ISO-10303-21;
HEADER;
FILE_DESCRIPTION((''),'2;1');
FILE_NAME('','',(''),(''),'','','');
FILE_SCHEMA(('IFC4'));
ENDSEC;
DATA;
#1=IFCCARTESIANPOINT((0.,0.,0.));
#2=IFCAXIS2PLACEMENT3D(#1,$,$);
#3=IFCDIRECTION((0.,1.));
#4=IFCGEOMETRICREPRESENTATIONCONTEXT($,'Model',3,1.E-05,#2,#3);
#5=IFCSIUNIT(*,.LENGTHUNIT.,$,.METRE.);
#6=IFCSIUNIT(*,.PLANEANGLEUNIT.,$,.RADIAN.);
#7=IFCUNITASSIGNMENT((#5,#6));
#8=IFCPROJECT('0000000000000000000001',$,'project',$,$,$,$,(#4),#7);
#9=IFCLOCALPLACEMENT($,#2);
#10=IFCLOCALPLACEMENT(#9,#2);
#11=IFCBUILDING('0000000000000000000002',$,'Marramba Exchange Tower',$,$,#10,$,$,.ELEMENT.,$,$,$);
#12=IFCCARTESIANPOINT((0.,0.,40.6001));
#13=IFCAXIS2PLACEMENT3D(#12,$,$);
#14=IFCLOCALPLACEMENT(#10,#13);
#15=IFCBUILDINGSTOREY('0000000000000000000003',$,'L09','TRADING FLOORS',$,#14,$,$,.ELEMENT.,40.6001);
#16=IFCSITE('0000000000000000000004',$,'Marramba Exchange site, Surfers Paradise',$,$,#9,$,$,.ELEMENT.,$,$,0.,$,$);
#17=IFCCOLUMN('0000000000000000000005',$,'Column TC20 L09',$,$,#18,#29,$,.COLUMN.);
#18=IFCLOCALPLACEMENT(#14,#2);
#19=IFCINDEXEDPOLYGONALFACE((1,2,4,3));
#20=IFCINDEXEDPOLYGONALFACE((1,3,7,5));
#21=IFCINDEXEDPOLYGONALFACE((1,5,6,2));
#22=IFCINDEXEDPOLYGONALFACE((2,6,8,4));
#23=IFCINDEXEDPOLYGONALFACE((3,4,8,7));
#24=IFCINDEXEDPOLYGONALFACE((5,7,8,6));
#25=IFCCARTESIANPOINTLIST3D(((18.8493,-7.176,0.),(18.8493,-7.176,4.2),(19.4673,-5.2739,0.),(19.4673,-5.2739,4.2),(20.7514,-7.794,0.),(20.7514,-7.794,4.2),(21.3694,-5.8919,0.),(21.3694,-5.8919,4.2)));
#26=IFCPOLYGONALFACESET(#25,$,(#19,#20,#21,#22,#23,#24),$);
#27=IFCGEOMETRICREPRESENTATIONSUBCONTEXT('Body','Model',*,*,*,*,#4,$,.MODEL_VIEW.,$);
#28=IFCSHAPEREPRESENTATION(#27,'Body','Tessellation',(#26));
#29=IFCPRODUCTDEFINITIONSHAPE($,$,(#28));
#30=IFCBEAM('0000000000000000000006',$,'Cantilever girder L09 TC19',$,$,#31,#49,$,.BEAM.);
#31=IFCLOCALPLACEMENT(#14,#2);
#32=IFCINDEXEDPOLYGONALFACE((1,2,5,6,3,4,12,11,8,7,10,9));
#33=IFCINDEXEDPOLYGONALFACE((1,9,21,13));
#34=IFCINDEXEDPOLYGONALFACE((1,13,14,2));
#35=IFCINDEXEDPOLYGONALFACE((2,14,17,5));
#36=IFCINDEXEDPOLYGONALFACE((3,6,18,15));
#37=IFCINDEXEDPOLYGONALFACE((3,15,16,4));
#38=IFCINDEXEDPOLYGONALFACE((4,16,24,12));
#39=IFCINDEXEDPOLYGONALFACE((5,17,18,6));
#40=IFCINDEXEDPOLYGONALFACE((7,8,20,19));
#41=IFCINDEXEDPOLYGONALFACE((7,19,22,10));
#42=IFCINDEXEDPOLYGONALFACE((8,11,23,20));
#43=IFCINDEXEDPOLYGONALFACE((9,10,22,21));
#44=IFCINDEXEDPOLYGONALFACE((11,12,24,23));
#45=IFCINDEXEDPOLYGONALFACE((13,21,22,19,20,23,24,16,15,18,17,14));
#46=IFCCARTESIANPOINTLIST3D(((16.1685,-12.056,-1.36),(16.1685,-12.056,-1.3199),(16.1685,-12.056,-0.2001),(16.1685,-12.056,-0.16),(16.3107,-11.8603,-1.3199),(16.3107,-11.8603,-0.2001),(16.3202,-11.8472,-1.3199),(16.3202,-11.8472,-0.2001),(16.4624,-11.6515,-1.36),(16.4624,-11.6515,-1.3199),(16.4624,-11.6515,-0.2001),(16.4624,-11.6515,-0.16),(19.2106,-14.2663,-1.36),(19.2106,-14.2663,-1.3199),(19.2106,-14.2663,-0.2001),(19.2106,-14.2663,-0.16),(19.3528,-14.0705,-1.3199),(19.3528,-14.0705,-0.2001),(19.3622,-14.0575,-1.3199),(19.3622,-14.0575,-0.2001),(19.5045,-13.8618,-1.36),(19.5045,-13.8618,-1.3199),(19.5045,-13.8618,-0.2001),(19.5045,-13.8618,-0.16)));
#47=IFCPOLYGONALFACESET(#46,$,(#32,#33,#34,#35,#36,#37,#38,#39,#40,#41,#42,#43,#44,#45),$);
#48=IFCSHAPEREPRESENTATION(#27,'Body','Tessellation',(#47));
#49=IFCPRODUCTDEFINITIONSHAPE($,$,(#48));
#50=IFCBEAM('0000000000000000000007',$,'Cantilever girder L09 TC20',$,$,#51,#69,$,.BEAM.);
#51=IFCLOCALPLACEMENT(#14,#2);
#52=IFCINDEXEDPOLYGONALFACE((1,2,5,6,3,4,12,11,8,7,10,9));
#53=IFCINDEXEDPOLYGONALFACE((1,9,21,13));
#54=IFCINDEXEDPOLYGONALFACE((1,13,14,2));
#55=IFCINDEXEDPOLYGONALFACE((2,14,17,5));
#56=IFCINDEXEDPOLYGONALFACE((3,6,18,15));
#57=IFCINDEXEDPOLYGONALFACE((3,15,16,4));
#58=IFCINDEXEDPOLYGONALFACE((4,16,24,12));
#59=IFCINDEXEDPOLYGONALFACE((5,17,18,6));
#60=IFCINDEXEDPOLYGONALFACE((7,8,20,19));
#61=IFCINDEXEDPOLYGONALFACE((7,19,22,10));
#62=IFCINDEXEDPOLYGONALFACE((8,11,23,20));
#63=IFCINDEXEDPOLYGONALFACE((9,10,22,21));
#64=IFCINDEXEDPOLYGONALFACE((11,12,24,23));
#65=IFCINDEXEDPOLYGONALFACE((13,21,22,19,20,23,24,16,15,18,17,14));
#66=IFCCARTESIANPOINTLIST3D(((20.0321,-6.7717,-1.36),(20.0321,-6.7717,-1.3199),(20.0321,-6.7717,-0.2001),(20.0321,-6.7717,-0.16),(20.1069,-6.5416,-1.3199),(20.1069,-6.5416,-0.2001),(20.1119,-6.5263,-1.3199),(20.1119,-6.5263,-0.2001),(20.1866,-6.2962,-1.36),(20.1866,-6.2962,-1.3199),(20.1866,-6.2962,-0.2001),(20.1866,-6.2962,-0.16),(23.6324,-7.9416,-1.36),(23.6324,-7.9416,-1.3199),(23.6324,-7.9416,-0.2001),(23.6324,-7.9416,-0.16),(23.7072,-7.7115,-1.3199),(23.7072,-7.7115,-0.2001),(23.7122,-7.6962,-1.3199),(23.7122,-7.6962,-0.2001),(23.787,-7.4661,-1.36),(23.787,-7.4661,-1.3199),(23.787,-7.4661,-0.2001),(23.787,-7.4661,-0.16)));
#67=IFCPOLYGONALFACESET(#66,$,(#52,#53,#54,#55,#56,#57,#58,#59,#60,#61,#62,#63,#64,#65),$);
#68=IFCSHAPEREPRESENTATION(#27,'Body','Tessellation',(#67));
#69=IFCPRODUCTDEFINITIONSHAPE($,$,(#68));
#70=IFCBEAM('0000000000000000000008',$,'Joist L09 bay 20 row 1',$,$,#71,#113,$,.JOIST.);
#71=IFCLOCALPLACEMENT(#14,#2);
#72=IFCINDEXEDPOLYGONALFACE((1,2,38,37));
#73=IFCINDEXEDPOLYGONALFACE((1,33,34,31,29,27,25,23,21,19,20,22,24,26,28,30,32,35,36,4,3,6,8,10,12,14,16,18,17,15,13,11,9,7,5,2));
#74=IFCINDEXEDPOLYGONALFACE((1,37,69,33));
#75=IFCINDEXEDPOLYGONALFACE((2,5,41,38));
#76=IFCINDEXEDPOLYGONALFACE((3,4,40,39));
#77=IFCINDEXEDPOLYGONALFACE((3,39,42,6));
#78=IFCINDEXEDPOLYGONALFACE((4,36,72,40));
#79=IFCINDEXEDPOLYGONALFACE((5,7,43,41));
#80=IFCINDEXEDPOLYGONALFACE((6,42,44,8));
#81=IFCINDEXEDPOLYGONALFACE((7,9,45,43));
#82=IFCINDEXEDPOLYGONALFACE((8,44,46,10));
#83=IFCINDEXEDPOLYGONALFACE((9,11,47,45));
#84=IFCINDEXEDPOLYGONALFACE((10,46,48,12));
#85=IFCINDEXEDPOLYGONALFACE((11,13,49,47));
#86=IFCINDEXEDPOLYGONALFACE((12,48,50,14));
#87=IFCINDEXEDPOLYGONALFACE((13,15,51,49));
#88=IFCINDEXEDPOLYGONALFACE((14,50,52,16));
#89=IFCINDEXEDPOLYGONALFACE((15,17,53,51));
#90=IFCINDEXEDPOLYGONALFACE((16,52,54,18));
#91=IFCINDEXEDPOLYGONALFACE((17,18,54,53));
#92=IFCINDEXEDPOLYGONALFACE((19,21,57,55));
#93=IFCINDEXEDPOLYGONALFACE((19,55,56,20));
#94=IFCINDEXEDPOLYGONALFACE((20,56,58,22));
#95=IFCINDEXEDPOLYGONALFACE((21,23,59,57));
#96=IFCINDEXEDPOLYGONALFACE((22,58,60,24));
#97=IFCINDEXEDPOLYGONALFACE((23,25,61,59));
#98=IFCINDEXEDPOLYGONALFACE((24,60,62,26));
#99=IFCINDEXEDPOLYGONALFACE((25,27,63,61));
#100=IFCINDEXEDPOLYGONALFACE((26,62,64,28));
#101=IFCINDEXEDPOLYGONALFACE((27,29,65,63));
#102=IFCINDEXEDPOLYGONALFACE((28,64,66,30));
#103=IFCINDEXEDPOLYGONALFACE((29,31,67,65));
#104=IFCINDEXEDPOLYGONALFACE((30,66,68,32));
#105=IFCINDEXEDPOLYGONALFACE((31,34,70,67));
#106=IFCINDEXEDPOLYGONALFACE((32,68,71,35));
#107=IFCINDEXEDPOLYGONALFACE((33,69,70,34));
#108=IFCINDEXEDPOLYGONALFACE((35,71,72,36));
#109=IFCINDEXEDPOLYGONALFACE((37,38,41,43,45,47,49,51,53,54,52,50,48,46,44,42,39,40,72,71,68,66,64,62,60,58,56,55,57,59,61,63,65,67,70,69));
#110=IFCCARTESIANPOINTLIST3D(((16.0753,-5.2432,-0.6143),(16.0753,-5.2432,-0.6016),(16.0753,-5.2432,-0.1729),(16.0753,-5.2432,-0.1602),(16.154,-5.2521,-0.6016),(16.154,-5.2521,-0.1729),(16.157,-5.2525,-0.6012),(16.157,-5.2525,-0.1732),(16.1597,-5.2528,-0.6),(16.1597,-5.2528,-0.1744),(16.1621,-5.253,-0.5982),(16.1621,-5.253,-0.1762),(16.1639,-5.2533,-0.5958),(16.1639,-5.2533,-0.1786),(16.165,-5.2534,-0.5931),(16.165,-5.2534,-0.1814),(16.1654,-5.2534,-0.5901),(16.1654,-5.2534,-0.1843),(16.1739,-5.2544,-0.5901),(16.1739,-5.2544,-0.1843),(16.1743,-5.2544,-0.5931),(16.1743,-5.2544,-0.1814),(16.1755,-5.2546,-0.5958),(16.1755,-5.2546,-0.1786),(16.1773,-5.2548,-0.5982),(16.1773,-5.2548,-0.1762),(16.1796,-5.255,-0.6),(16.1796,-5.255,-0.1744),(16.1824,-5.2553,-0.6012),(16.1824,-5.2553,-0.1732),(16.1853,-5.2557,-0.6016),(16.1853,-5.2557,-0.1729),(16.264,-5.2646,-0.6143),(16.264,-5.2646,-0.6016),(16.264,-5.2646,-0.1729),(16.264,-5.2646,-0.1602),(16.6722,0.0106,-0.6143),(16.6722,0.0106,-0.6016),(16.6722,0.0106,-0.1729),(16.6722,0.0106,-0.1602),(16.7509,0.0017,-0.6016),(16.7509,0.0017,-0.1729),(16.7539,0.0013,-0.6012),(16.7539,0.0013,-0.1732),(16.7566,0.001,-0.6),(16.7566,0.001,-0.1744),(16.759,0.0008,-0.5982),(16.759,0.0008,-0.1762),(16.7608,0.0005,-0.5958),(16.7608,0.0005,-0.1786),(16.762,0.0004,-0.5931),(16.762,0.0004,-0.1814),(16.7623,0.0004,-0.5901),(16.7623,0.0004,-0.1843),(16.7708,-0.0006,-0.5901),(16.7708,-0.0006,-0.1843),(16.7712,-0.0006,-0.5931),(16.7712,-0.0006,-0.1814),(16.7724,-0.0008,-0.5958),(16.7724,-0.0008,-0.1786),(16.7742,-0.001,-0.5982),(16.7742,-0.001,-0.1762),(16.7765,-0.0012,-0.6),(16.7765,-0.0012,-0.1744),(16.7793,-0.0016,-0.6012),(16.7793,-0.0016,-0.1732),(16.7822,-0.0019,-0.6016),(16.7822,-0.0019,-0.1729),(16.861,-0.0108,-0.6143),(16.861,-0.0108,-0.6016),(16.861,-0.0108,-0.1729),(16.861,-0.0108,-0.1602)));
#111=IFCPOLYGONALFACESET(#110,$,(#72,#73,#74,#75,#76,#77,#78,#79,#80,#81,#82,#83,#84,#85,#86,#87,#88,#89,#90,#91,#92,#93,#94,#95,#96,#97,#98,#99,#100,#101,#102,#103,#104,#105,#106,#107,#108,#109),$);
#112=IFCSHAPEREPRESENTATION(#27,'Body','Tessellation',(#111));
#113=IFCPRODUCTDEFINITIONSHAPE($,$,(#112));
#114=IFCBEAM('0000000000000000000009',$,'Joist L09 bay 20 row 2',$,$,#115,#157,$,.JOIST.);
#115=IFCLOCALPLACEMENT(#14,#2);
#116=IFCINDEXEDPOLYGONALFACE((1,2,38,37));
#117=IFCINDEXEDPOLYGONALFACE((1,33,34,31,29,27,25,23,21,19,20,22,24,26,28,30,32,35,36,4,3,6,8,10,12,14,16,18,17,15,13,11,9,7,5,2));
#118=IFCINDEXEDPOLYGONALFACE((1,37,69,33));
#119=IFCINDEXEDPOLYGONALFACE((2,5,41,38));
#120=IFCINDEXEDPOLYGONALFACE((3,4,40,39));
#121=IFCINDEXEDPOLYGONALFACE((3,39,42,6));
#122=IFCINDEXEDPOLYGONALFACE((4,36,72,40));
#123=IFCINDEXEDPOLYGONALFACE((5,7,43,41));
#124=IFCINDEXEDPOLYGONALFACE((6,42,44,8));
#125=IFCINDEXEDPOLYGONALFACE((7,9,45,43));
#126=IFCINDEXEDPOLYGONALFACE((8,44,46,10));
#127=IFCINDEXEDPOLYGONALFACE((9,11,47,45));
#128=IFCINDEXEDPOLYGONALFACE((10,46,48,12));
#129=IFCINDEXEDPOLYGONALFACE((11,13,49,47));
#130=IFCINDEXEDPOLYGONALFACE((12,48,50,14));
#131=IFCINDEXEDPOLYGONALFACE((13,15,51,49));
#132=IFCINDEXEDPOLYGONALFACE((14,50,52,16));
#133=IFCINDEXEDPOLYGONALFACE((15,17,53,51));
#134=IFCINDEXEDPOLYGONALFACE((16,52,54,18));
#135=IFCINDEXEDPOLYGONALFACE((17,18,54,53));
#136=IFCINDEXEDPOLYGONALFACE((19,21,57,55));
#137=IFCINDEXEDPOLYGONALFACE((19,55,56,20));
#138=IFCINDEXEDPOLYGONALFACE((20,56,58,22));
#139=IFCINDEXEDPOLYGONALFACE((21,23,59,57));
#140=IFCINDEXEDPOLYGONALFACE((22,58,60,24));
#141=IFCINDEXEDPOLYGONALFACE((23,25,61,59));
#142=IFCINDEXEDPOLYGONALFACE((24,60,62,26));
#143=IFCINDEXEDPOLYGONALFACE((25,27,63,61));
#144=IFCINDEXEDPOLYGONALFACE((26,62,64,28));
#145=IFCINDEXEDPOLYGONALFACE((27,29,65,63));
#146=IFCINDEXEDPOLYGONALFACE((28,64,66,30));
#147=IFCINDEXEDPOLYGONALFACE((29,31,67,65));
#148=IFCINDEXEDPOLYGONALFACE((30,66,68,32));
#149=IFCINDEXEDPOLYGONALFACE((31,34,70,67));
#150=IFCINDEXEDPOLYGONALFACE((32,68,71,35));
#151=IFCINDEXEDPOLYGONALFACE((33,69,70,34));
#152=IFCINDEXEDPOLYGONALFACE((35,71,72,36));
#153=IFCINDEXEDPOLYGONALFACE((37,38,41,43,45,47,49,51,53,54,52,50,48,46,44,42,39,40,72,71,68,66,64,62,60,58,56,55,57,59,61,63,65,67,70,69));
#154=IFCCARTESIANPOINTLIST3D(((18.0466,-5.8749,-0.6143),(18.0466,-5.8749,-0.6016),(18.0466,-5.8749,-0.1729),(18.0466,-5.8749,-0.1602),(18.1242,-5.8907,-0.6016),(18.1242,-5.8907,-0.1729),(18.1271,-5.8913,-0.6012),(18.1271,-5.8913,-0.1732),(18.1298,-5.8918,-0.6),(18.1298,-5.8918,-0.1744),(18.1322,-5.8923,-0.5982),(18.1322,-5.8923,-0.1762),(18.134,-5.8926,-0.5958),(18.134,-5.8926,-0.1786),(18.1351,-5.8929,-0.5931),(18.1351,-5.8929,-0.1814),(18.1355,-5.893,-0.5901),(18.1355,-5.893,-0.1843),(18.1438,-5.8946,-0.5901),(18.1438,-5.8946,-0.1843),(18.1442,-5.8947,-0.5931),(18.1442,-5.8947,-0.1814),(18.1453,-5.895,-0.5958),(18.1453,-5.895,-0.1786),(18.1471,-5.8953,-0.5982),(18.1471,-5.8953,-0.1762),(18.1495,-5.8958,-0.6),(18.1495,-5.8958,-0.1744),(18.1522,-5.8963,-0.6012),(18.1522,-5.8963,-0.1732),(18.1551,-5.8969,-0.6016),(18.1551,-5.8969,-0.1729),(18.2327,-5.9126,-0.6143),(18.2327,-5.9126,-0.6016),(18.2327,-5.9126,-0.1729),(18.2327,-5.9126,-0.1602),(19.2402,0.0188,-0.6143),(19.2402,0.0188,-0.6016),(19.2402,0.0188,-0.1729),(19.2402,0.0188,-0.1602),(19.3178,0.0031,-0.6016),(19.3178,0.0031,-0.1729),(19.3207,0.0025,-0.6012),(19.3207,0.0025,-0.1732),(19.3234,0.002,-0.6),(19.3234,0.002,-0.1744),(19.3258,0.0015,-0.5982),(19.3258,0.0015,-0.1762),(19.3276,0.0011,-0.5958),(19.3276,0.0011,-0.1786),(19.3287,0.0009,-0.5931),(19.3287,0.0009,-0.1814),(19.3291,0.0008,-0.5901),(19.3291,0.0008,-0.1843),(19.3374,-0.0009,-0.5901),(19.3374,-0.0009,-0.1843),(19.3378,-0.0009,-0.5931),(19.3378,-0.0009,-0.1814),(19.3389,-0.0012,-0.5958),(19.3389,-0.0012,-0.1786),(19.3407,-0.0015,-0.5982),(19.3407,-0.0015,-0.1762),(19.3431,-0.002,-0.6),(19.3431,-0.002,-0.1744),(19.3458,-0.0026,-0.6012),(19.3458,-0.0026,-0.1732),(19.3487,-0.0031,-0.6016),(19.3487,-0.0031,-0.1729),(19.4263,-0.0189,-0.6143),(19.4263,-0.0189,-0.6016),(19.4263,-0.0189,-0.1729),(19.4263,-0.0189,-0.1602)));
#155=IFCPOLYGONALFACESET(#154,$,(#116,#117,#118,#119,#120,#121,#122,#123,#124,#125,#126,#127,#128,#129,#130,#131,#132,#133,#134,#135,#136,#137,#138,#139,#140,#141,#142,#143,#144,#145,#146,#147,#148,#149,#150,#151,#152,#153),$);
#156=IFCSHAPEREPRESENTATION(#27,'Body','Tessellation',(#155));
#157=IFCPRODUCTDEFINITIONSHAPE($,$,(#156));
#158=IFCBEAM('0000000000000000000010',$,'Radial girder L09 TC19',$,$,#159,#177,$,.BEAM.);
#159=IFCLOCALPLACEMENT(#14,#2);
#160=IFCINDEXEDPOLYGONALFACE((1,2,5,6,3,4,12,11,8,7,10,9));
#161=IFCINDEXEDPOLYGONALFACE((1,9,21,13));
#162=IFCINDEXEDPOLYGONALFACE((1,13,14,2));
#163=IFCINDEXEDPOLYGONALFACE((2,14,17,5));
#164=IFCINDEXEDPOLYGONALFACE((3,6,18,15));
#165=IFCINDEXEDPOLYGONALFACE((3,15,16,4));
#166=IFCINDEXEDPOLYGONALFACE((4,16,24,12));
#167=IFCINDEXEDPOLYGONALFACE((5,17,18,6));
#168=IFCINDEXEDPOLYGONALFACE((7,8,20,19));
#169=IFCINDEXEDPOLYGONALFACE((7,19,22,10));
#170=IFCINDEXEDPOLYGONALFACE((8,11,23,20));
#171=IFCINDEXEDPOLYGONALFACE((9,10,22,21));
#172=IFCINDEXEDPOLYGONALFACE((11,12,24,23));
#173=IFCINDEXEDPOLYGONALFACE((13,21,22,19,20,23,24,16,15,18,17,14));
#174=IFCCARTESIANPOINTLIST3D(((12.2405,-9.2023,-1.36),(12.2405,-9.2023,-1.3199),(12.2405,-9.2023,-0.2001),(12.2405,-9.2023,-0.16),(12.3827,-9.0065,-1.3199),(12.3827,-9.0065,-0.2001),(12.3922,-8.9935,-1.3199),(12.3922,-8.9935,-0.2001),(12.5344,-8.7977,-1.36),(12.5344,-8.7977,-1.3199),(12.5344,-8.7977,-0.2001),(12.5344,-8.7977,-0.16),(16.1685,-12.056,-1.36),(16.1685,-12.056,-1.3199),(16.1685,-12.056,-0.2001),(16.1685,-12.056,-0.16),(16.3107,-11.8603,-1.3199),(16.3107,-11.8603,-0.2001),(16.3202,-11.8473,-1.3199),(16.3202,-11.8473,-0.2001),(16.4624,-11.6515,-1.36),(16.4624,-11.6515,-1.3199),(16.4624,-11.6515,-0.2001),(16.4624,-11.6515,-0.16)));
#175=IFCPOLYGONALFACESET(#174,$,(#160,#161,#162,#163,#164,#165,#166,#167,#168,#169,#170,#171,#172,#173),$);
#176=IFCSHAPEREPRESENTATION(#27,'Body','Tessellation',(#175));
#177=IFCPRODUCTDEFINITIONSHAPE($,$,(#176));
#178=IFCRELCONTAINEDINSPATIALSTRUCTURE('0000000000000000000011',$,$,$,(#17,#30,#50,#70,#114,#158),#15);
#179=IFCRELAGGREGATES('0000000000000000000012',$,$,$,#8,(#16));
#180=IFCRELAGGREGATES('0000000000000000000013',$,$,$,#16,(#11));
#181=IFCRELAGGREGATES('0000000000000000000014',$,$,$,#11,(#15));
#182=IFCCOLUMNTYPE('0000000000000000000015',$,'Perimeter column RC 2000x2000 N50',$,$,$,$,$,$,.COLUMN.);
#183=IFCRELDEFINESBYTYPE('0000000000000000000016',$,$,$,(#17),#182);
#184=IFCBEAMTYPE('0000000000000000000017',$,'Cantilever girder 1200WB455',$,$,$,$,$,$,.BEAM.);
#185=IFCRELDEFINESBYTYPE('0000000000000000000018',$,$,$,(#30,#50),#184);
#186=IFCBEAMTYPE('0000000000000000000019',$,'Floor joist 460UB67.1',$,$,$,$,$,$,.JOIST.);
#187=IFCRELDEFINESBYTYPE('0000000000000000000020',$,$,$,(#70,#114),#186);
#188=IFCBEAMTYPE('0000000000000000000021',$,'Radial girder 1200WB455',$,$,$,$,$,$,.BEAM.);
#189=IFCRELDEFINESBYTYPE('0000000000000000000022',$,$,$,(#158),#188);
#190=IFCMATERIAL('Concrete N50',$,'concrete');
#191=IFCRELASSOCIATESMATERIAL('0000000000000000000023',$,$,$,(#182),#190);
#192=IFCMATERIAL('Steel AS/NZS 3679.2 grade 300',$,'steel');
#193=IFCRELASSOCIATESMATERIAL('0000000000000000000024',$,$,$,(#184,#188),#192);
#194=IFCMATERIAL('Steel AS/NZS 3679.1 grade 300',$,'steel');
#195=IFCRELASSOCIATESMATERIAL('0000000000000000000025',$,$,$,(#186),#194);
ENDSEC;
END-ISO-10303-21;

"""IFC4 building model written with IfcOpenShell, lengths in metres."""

from ifc_helpers import new_model, si_unit, direction, frame, origin, origin_2d, place, context, subcontext, project, spatial, rectangle, i_section, extrude, material, material_profile, profile_set, type_object, element, save


model = new_model("IFC4")

# Units and contexts
model_context = context("Model", 3, precision=1e-05, world=origin(), true_north=direction((0.0, 1.0)))
body_context = subcontext(model_context, "Body", "Model", "MODEL_VIEW")
ifc_project = project(units=[si_unit("LENGTHUNIT", "METRE"), si_unit("PLANEANGLEUNIT", "RADIAN")], contexts=[model_context])

# Site, building, storey
site_placement = place(None, origin())
site = spatial("IfcSite", under=ifc_project, at=site_placement, Name="Marramba Exchange site, Surfers Paradise", CompositionType="ELEMENT", RefElevation=0.0)
building_placement = place(site_placement, origin())
building = spatial("IfcBuilding", under=site, at=building_placement, Name="Marramba Exchange Tower", CompositionType="ELEMENT")
storey_placement = place(building_placement, frame((0.0, 0.0, 40.6001)))
storey = spatial("IfcBuildingStorey", under=building, at=storey_placement, Name="L09", Description="TRADING FLOORS", CompositionType="ELEMENT", Elevation=40.6001)

# Column
ifc_material_1 = material(Name="Concrete N50", Category="concrete")
ifc_material_profile_1 = material_profile(ifc_material_1, rectangle(XDim=2.0, YDim=2.0, at=origin_2d()), Name="RC 2000x2000")
ifc_profile_set_1 = profile_set([ifc_material_profile_1], Name="Concrete N50")
column_type = type_object("IfcColumnType", Name="Perimeter column RC 2000x2000 N50", PredefinedType="COLUMN", material=ifc_profile_set_1)
column_placement = place(storey_placement, frame((20.1094, -6.5339, 0.0), z_axis=(0.0, 0.0, 1.0), x_axis=(0.951057, -0.309017, 0.0)))
element("IfcColumn", 1, at=column_placement, inside=storey, type_object=column_type, Name="Column TC20 L09", PredefinedType="COLUMN", context=body_context, shape_type="SweptSolid", body=[
    extrude(rectangle(XDim=2.0, YDim=2.0, at=origin_2d()), origin(), (0.0, 0.0, 1.0), 4.2),
])

# Beams
ifc_material_2 = material(Name="Steel AS/NZS 3679.2 grade 300", Category="steel")
ifc_material_profile_2 = material_profile(ifc_material_2, i_section(OverallWidth=0.5, OverallDepth=1.2, WebThickness=0.0161, FlangeThickness=0.04, at=origin_2d()), Name="1200WB455")
ifc_profile_set_2 = profile_set([ifc_material_profile_2], Name="Steel AS/NZS 3679.2 grade 300")
beam_type_1 = type_object("IfcBeamType", Name="Cantilever girder 1200WB455", PredefinedType="BEAM", material=ifc_profile_set_2)
beam_1_placement = place(storey_placement, frame((16.3154, -11.8538, -0.76), z_axis=(0.809008, -0.587797, 0.0), x_axis=(0.587797, 0.809008, 0.0)))
element("IfcBeam", 2, at=beam_1_placement, inside=storey, type_object=beam_type_1, Name="Cantilever girder L09 TC19", PredefinedType="BEAM", context=body_context, shape_type="SweptSolid", body=[
    extrude(i_section(OverallWidth=0.5, OverallDepth=1.2, WebThickness=0.0161, FlangeThickness=0.04, at=origin_2d()), origin(), (0.0, 0.0, 1.0), 3.7603),
])
beam_2_placement = place(storey_placement, frame((20.1094, -6.5339, -0.76), z_axis=(0.951049, -0.309041, 0.0), x_axis=(0.309041, 0.951049, 0.0)))
element("IfcBeam", 3, at=beam_2_placement, inside=storey, type_object=beam_type_1, Name="Cantilever girder L09 TC20", PredefinedType="BEAM", context=body_context, shape_type="SweptSolid", body=[
    extrude(i_section(OverallWidth=0.5, OverallDepth=1.2, WebThickness=0.0161, FlangeThickness=0.04, at=origin_2d()), origin(), (0.0, 0.0, 1.0), 3.7856),
])
ifc_material_3 = material(Name="Steel AS/NZS 3679.1 grade 300", Category="steel")
ifc_material_profile_3 = material_profile(ifc_material_3, i_section(OverallWidth=0.1899, OverallDepth=0.4541, WebThickness=0.0085, FlangeThickness=0.0127, FilletRadius=0.0115, at=origin_2d()), Name="460UB67.1")
ifc_profile_set_3 = profile_set([ifc_material_profile_3], Name="Steel AS/NZS 3679.1 grade 300")
beam_type_2 = type_object("IfcBeamType", Name="Floor joist 460UB67.1", PredefinedType="JOIST", material=ifc_profile_set_3)
beam_3_placement = place(storey_placement, frame((16.1697, -5.2539, -0.3872), z_axis=(0.112889, 0.993608, 0.0), x_axis=(-0.993608, 0.112889, 0.0)))
element("IfcBeam", 4, at=beam_3_placement, inside=storey, type_object=beam_type_2, Name="Joist L09 bay 20 row 1", PredefinedType="JOIST", context=body_context, shape_type="SweptSolid", body=[
    extrude(i_section(OverallWidth=0.1899, OverallDepth=0.4541, WebThickness=0.0085, FlangeThickness=0.0127, FilletRadius=0.0115, at=origin_2d()), origin(), (0.0, 0.0, 1.0), 5.2876),
])
beam_4_placement = place(storey_placement, frame((18.1396, -5.8938, -0.3872), z_axis=(0.198489, 0.980103, 0.0), x_axis=(-0.980103, 0.198489, 0.0)))
element("IfcBeam", 5, at=beam_4_placement, inside=storey, type_object=beam_type_2, Name="Joist L09 bay 20 row 2", PredefinedType="JOIST", context=body_context, shape_type="SweptSolid", body=[
    extrude(i_section(OverallWidth=0.1899, OverallDepth=0.4541, WebThickness=0.0085, FlangeThickness=0.0127, FilletRadius=0.0115, at=origin_2d()), origin(), (0.0, 0.0, 1.0), 6.0134),
])
ifc_material_profile_4 = material_profile(ifc_material_2, i_section(OverallWidth=0.5, OverallDepth=1.2, WebThickness=0.0161, FlangeThickness=0.04, at=origin_2d()), Name="1200WB455")
ifc_profile_set_4 = profile_set([ifc_material_profile_4], Name="Steel AS/NZS 3679.2 grade 300")
beam_type_3 = type_object("IfcBeamType", Name="Radial girder 1200WB455", PredefinedType="BEAM", material=ifc_profile_set_4)
beam_5_placement = place(storey_placement, frame((12.3875, -9.0, -0.76), z_axis=(0.809025, -0.587774, 0.0), x_axis=(0.587774, 0.809025, 0.0)))
element("IfcBeam", 6, at=beam_5_placement, inside=storey, type_object=beam_type_3, Name="Radial girder L09 TC19", PredefinedType="BEAM", context=body_context, shape_type="SweptSolid", body=[
    extrude(i_section(OverallWidth=0.5, OverallDepth=1.2, WebThickness=0.0161, FlangeThickness=0.04, at=origin_2d()), origin(), (0.0, 0.0, 1.0), 4.8552),
])

save(model, "model.ifc")
